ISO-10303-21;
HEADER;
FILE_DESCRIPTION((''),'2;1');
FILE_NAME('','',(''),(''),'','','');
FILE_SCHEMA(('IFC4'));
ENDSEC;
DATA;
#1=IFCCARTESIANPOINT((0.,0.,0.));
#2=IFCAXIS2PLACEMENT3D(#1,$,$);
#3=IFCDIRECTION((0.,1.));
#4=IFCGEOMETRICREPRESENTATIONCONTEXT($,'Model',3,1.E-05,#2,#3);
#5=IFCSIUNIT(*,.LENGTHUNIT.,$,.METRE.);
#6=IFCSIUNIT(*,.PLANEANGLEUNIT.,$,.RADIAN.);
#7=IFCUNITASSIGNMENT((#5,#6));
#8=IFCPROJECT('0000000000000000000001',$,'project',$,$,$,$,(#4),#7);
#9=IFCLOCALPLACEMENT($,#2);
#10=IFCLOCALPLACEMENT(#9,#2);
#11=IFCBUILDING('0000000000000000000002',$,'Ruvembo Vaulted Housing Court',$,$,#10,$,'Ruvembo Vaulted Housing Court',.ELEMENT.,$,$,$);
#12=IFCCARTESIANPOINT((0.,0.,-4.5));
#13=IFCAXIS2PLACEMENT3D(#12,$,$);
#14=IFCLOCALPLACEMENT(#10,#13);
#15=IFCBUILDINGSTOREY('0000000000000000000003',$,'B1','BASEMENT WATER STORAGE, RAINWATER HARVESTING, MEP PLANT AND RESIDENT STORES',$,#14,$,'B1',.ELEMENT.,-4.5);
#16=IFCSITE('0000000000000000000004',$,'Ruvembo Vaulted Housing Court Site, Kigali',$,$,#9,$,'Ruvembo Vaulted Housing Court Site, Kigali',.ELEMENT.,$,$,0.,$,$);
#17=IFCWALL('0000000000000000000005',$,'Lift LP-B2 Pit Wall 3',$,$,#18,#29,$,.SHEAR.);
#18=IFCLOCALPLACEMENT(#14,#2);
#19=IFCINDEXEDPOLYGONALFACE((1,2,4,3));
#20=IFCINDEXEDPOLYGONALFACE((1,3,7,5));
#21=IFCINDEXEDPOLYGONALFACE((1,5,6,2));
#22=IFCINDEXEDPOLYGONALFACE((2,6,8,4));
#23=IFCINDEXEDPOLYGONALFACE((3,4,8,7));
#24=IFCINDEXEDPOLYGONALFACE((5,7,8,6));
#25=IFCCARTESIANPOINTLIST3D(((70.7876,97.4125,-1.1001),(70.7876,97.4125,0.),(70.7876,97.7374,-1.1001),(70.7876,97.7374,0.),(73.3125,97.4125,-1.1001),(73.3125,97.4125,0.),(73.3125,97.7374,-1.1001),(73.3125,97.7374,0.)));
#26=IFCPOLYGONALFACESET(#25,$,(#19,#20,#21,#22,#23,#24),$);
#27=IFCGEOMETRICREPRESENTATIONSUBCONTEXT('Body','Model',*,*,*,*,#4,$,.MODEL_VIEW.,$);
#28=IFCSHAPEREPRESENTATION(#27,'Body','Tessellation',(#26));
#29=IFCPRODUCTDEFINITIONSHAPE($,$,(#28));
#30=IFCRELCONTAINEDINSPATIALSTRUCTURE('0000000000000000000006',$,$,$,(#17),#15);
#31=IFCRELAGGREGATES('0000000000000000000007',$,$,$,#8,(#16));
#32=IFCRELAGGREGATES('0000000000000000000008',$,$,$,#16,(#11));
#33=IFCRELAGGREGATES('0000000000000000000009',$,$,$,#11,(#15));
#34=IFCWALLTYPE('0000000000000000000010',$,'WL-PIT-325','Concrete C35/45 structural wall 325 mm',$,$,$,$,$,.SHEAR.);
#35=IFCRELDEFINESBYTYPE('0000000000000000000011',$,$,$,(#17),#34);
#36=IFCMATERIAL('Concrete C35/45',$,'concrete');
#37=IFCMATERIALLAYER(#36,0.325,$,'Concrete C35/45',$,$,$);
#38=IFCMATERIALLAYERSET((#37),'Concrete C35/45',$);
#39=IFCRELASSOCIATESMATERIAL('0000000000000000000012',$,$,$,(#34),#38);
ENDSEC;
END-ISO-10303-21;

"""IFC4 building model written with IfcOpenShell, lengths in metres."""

from ifc_helpers import new_model, si_unit, direction, frame, frame_2d, origin, place, context, subcontext, project, spatial, rectangle, extrude, material, layer, layer_set, type_object, element, save


model = new_model("IFC4")

# Units and contexts
model_context = context("Model", 3, precision=1e-05, world=origin(), true_north=direction((0.0, 1.0)))
body_context = subcontext(model_context, "Body", "Model", "MODEL_VIEW")
ifc_project = project(units=[si_unit("LENGTHUNIT", "METRE"), si_unit("PLANEANGLEUNIT", "RADIAN")], contexts=[model_context])

# Site, building, storey
site_placement = place(None, origin())
site = spatial("IfcSite", under=ifc_project, at=site_placement, Name="Ruvembo Vaulted Housing Court Site, Kigali", LongName="Ruvembo Vaulted Housing Court Site, Kigali", CompositionType="ELEMENT", RefElevation=0.0)
building_placement = place(site_placement, origin())
building = spatial("IfcBuilding", under=site, at=building_placement, Name="Ruvembo Vaulted Housing Court", LongName="Ruvembo Vaulted Housing Court", CompositionType="ELEMENT")
storey_placement = place(building_placement, frame((0.0, 0.0, -4.5)))
storey = spatial("IfcBuildingStorey", under=building, at=storey_placement, Name="B1", Description="BASEMENT WATER STORAGE, RAINWATER HARVESTING, MEP PLANT AND RESIDENT STORES", LongName="B1", CompositionType="ELEMENT", Elevation=-4.5)

# Shared definitions
ifc_material_1 = material(Name="Concrete C35/45", Category="concrete")

# Wall
ifc_layer = layer(ifc_material_1, 0.325, Name="Concrete C35/45")
ifc_layer_set = layer_set([ifc_layer], Name="Concrete C35/45")
wall_type = type_object("IfcWallType", Name="WL-PIT-325", Description="Concrete C35/45 structural wall 325 mm", PredefinedType="SHEAR", material=ifc_layer_set)
wall_placement = place(storey_placement, frame((73.3125, 97.575, -1.1001), z_axis=(0.0, 0.0, 1.0), x_axis=(-1.0, 0.0, 0.0)))
element("IfcWall", 1, at=wall_placement, inside=storey, type_object=wall_type, Name="Lift LP-B2 Pit Wall 3", PredefinedType="SHEAR", context=body_context, shape_type="SweptSolid", body=[
    extrude(rectangle(XDim=2.5249, YDim=0.325, at=frame_2d((1.2625, 0.0))), origin(), (0.0, 0.0, 1.0), 1.1001),
])

save(model, "model.ifc")
